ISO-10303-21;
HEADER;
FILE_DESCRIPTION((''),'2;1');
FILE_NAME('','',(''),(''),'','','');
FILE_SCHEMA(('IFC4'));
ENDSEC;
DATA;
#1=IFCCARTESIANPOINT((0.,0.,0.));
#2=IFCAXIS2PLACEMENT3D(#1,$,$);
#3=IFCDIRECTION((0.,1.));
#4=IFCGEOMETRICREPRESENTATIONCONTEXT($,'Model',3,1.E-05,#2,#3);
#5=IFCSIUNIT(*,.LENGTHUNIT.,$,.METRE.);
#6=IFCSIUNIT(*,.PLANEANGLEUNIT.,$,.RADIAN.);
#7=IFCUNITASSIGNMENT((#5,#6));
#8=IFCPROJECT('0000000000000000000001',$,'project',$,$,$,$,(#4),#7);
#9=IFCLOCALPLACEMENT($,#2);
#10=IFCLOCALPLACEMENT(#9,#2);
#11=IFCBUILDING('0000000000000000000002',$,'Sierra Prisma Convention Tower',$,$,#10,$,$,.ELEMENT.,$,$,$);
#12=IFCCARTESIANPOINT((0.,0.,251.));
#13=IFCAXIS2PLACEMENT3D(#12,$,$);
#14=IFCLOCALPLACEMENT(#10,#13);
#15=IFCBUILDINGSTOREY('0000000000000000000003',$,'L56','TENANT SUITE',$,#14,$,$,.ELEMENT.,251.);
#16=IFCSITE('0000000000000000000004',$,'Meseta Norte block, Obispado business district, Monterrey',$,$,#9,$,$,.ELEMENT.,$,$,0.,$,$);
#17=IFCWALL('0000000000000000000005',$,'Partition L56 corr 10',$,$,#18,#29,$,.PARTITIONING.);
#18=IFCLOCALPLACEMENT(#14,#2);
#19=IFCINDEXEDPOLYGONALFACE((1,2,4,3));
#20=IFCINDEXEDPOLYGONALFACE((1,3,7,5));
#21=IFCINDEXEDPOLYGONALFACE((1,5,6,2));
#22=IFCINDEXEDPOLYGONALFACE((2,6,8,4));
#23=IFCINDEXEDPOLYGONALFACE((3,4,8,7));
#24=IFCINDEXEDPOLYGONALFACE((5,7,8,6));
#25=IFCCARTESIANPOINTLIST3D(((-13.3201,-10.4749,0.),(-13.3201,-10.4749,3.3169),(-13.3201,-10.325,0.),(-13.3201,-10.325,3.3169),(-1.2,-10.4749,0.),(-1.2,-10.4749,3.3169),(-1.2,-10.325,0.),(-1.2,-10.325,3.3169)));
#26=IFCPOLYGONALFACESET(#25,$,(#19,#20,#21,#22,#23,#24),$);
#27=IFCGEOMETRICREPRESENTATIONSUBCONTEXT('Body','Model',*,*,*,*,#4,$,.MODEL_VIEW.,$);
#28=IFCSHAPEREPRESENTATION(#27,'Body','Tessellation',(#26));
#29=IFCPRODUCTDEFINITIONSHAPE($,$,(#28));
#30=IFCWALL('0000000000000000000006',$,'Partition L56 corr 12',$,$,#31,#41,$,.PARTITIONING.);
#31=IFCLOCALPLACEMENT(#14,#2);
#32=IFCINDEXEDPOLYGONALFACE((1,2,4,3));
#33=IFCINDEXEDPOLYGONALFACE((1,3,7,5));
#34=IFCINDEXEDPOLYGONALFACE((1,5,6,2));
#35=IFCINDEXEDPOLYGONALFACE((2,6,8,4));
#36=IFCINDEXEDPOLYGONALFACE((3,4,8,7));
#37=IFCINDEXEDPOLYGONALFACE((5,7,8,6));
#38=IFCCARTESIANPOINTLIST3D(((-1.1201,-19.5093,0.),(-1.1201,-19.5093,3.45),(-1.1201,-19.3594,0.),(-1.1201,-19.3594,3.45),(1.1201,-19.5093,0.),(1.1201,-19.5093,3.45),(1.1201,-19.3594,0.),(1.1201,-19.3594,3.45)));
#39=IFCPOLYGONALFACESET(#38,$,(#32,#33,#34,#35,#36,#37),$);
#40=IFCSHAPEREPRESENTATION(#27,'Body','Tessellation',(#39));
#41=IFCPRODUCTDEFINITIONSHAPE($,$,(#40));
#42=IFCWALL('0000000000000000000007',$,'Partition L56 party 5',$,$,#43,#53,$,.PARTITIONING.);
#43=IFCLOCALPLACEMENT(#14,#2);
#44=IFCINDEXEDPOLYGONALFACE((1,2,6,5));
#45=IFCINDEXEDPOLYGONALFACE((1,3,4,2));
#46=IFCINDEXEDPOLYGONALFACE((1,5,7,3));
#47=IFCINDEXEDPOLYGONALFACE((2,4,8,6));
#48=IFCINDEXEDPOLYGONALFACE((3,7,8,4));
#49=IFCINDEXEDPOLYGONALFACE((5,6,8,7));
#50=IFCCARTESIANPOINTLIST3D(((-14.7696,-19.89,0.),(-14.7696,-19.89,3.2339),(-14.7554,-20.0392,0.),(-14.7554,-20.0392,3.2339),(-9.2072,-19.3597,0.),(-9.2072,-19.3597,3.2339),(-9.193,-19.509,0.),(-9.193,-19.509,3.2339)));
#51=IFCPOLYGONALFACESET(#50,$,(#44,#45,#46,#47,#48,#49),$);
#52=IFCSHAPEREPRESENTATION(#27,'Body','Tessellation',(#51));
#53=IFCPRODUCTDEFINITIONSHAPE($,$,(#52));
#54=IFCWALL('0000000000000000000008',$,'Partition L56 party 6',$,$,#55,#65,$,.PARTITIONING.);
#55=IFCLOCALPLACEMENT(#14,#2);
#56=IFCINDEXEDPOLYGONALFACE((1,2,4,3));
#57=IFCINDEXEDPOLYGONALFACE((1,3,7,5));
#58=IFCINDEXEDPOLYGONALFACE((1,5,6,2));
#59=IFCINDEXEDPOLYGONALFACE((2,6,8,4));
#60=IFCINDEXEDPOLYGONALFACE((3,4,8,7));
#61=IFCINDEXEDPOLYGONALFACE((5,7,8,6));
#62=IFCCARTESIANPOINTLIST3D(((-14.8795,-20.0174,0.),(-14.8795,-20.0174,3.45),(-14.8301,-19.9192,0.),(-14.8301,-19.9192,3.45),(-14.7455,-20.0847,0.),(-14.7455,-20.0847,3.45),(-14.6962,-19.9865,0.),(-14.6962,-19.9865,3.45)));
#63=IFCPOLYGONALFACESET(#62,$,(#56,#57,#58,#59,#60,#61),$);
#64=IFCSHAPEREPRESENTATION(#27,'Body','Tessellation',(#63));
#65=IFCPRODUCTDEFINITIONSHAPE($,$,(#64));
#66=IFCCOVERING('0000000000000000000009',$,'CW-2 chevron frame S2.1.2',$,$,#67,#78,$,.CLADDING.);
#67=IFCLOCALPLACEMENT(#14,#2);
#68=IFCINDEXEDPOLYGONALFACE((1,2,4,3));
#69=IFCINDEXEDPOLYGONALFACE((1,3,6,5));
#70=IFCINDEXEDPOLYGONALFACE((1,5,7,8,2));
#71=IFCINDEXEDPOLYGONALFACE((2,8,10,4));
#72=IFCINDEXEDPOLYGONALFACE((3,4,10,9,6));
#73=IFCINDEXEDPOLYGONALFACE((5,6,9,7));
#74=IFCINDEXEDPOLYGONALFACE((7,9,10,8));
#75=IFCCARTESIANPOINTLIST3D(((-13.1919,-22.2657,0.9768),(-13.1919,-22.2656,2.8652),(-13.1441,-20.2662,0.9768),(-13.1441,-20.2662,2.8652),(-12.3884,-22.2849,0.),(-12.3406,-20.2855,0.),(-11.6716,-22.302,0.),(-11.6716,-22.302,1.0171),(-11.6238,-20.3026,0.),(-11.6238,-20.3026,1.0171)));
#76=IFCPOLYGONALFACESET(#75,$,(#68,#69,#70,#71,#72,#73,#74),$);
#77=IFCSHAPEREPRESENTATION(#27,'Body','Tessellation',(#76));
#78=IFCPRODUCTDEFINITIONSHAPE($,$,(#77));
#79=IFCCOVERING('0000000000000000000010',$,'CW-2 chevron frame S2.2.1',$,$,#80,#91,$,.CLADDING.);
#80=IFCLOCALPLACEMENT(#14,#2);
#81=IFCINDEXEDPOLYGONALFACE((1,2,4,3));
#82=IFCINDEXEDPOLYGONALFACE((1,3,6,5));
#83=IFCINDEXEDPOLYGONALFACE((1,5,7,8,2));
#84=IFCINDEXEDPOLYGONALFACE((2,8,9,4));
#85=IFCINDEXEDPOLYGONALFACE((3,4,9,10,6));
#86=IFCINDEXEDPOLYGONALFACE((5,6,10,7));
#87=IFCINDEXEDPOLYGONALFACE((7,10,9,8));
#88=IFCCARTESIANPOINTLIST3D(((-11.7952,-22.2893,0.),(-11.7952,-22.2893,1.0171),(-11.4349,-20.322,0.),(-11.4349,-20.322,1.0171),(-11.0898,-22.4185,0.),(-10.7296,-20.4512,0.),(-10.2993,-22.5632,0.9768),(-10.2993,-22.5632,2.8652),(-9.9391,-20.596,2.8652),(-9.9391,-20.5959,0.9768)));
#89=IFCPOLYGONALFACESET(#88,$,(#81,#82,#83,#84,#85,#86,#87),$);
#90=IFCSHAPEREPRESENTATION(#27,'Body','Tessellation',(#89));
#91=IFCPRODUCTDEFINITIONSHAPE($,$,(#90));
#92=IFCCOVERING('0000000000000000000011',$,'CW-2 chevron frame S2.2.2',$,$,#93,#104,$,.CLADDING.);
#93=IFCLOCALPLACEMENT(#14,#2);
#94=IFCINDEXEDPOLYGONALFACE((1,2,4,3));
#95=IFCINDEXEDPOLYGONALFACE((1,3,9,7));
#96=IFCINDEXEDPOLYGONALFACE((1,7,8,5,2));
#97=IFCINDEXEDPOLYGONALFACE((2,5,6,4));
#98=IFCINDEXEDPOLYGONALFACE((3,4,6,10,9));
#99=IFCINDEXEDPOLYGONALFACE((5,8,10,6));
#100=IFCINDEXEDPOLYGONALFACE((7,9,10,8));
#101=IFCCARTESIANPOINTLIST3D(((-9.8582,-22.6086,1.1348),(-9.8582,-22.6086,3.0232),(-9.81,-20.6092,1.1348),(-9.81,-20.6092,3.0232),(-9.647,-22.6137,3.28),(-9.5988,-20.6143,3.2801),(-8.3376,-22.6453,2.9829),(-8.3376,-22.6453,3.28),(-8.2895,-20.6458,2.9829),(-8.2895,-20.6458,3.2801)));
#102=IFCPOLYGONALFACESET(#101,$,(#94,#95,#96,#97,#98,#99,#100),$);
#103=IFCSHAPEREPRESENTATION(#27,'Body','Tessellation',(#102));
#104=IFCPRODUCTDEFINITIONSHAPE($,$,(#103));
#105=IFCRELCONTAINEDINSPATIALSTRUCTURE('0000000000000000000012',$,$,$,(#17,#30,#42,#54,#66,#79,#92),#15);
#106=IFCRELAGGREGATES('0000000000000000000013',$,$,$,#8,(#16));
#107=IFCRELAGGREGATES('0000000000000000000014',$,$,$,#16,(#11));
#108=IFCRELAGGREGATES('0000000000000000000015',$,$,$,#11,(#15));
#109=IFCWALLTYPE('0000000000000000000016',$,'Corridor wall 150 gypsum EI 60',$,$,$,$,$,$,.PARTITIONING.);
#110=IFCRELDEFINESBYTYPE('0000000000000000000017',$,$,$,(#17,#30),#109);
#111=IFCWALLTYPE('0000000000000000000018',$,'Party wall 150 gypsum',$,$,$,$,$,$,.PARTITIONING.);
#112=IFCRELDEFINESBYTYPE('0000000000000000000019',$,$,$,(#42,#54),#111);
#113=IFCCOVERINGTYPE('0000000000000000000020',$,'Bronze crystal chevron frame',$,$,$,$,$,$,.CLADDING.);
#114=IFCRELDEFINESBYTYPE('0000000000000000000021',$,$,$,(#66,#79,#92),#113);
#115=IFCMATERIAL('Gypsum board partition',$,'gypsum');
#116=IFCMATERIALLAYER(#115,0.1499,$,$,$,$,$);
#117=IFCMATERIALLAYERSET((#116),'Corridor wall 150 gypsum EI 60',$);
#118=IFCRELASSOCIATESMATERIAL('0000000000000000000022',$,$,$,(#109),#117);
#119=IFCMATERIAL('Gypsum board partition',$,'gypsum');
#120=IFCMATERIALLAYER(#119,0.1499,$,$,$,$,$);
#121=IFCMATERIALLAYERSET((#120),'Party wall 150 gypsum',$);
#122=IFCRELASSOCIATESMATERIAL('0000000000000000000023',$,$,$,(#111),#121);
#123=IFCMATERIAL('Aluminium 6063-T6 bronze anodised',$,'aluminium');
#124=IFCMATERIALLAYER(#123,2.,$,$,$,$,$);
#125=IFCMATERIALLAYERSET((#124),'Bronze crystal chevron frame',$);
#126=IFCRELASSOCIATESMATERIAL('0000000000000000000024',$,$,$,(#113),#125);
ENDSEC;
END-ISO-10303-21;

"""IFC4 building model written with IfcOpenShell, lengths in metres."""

from ifc_helpers import new_model, si_unit, direction, frame, frame_2d, origin, place, context, subcontext, project, spatial, polyline, rectangle, outline, extrude, material, layer, layer_set, type_object, element, save


model = new_model("IFC4")

# Units and contexts
model_context = context("Model", 3, precision=1e-05, world=origin(), true_north=direction((0.0, 1.0)))
body_context = subcontext(model_context, "Body", "Model", "MODEL_VIEW")
ifc_project = project(units=[si_unit("LENGTHUNIT", "METRE"), si_unit("PLANEANGLEUNIT", "RADIAN")], contexts=[model_context])

# Site, building, storey
site_placement = place(None, origin())
site = spatial("IfcSite", under=ifc_project, at=site_placement, Name="Meseta Norte block, Obispado business district, Monterrey", CompositionType="ELEMENT", RefElevation=0.0)
building_placement = place(site_placement, origin())
building = spatial("IfcBuilding", under=site, at=building_placement, Name="Sierra Prisma Convention Tower", CompositionType="ELEMENT")
storey_placement = place(building_placement, frame((0.0, 0.0, 251.0)))
storey = spatial("IfcBuildingStorey", under=building, at=storey_placement, Name="L56", Description="TENANT SUITE", CompositionType="ELEMENT", Elevation=251.0)

# Walls
ifc_material_1 = material(Name="Gypsum board partition", Category="gypsum")
ifc_layer_1 = layer(ifc_material_1, 0.1499)
ifc_layer_set_1 = layer_set([ifc_layer_1], Name="Corridor wall 150 gypsum EI 60")
wall_type_1 = type_object("IfcWallType", Name="Corridor wall 150 gypsum EI 60", PredefinedType="PARTITIONING", material=ifc_layer_set_1)
wall_1_placement = place(storey_placement, frame((-13.3201, -10.3999, 0.0), z_axis=(0.0, 0.0, 1.0), x_axis=(1.0, 0.0, 0.0)))
element("IfcWall", 1, at=wall_1_placement, inside=storey, type_object=wall_type_1, Name="Partition L56 corr 10", PredefinedType="PARTITIONING", context=body_context, shape_type="SweptSolid", body=[
    extrude(rectangle(XDim=12.1201, YDim=0.1499, at=frame_2d((6.0601, 0.0))), origin(), (0.0, 0.0, 1.0), 3.3169),
])
wall_2_placement = place(storey_placement, frame((-1.1201, -19.4343, 0.0), z_axis=(0.0, 0.0, 1.0), x_axis=(1.0, 0.0, 0.0)))
element("IfcWall", 2, at=wall_2_placement, inside=storey, type_object=wall_type_1, Name="Partition L56 corr 12", PredefinedType="PARTITIONING", context=body_context, shape_type="SweptSolid", body=[
    extrude(rectangle(XDim=2.2402, YDim=0.1499, at=frame_2d((1.1201, 0.0))), origin(), (0.0, 0.0, 1.0), 3.45),
])
ifc_material_2 = material(Name="Gypsum board partition", Category="gypsum")
ifc_layer_2 = layer(ifc_material_2, 0.1499)
ifc_layer_set_2 = layer_set([ifc_layer_2], Name="Party wall 150 gypsum")
wall_type_2 = type_object("IfcWallType", Name="Party wall 150 gypsum", PredefinedType="PARTITIONING", material=ifc_layer_set_2)
wall_3_placement = place(storey_placement, frame((-9.2, -19.4343, 0.0), z_axis=(0.0, 0.0, 1.0), x_axis=(-0.995487, -0.0949, 0.0)))
element("IfcWall", 3, at=wall_3_placement, inside=storey, type_object=wall_type_2, Name="Partition L56 party 5", PredefinedType="PARTITIONING", context=body_context, shape_type="SweptSolid", body=[
    extrude(rectangle(XDim=5.5876, YDim=0.1499, at=frame_2d((2.7939, 0.0))), origin(), (0.0, 0.0, 1.0), 3.2339),
])
wall_4_placement = place(storey_placement, frame((-14.8125, -20.051, 0.0), z_axis=(0.0, 0.0, 1.0), x_axis=(0.448991, 0.893536, 0.0)))
element("IfcWall", 4, at=wall_4_placement, inside=storey, type_object=wall_type_2, Name="Partition L56 party 6", PredefinedType="PARTITIONING", context=body_context, shape_type="SweptSolid", body=[
    extrude(rectangle(XDim=0.1099, YDim=0.1499, at=frame_2d((0.0549, 0.0))), origin(), (0.0, 0.0, 1.0), 3.45),
])

# Coverings
ifc_material_3 = material(Name="Aluminium 6063-T6 bronze anodised", Category="aluminium")
ifc_layer_3 = layer(ifc_material_3, 2.0)
ifc_layer_set_3 = layer_set([ifc_layer_3], Name="Bronze crystal chevron frame")
covering_type = type_object("IfcCoveringType", Name="Bronze crystal chevron frame", PredefinedType="CLADDING", material=ifc_layer_set_3)
covering_1_placement = place(storey_placement, frame((-13.1919, -22.2656, 2.8652), z_axis=(-0.023909, -0.999714, 0.000018), x_axis=(0.0, -0.000018, -1.0)))
element("IfcCovering", 5, at=covering_1_placement, inside=storey, type_object=covering_type, Name="CW-2 chevron frame S2.1.2", PredefinedType="CLADDING", context=body_context, shape_type="SweptSolid", body=[
    extrude(outline(polyline([(0.0, 0.0), (1.8884, 0.0), (2.8652, 0.8037), (2.8652, 1.5207), (1.8481, 1.5207), (0.0, 0.0)])), origin(), (0.0, 0.0, -1.0), 2.0),
])
covering_2_placement = place(storey_placement, frame((-11.7952, -22.2893, 0.0), z_axis=(-0.180127, -0.983643, -0.000003), x_axis=(0.983643, -0.180127, 0.0)))
element("IfcCovering", 6, at=covering_2_placement, inside=storey, type_object=covering_type, Name="CW-2 chevron frame S2.2.1", PredefinedType="CLADDING", context=body_context, shape_type="SweptSolid", body=[
    extrude(outline(polyline([(0.0, 0.0), (0.717, 0.0), (1.5207, 0.9768), (1.5207, 2.8652), (0.0, 1.0171), (0.0, 0.0)])), origin(), (0.0, 0.0, -1.0), 2.0),
])
covering_3_placement = place(storey_placement, frame((-8.3376, -22.6453, 3.28), z_axis=(-0.024075, -0.99971, -0.000017), x_axis=(-0.99971, 0.024075, 0.0)))
element("IfcCovering", 7, at=covering_3_placement, inside=storey, type_object=covering_type, Name="CW-2 chevron frame S2.2.2", PredefinedType="CLADDING", context=body_context, shape_type="SweptSolid", body=[
    extrude(outline(polyline([(0.0, 0.0), (1.3097, 0.0), (1.5209, 0.2568), (1.5209, 2.1453), (0.0, 0.2971), (0.0, 0.0)])), origin(), (0.0, 0.0, -1.0), 2.0),
])

save(model, "model.ifc")
